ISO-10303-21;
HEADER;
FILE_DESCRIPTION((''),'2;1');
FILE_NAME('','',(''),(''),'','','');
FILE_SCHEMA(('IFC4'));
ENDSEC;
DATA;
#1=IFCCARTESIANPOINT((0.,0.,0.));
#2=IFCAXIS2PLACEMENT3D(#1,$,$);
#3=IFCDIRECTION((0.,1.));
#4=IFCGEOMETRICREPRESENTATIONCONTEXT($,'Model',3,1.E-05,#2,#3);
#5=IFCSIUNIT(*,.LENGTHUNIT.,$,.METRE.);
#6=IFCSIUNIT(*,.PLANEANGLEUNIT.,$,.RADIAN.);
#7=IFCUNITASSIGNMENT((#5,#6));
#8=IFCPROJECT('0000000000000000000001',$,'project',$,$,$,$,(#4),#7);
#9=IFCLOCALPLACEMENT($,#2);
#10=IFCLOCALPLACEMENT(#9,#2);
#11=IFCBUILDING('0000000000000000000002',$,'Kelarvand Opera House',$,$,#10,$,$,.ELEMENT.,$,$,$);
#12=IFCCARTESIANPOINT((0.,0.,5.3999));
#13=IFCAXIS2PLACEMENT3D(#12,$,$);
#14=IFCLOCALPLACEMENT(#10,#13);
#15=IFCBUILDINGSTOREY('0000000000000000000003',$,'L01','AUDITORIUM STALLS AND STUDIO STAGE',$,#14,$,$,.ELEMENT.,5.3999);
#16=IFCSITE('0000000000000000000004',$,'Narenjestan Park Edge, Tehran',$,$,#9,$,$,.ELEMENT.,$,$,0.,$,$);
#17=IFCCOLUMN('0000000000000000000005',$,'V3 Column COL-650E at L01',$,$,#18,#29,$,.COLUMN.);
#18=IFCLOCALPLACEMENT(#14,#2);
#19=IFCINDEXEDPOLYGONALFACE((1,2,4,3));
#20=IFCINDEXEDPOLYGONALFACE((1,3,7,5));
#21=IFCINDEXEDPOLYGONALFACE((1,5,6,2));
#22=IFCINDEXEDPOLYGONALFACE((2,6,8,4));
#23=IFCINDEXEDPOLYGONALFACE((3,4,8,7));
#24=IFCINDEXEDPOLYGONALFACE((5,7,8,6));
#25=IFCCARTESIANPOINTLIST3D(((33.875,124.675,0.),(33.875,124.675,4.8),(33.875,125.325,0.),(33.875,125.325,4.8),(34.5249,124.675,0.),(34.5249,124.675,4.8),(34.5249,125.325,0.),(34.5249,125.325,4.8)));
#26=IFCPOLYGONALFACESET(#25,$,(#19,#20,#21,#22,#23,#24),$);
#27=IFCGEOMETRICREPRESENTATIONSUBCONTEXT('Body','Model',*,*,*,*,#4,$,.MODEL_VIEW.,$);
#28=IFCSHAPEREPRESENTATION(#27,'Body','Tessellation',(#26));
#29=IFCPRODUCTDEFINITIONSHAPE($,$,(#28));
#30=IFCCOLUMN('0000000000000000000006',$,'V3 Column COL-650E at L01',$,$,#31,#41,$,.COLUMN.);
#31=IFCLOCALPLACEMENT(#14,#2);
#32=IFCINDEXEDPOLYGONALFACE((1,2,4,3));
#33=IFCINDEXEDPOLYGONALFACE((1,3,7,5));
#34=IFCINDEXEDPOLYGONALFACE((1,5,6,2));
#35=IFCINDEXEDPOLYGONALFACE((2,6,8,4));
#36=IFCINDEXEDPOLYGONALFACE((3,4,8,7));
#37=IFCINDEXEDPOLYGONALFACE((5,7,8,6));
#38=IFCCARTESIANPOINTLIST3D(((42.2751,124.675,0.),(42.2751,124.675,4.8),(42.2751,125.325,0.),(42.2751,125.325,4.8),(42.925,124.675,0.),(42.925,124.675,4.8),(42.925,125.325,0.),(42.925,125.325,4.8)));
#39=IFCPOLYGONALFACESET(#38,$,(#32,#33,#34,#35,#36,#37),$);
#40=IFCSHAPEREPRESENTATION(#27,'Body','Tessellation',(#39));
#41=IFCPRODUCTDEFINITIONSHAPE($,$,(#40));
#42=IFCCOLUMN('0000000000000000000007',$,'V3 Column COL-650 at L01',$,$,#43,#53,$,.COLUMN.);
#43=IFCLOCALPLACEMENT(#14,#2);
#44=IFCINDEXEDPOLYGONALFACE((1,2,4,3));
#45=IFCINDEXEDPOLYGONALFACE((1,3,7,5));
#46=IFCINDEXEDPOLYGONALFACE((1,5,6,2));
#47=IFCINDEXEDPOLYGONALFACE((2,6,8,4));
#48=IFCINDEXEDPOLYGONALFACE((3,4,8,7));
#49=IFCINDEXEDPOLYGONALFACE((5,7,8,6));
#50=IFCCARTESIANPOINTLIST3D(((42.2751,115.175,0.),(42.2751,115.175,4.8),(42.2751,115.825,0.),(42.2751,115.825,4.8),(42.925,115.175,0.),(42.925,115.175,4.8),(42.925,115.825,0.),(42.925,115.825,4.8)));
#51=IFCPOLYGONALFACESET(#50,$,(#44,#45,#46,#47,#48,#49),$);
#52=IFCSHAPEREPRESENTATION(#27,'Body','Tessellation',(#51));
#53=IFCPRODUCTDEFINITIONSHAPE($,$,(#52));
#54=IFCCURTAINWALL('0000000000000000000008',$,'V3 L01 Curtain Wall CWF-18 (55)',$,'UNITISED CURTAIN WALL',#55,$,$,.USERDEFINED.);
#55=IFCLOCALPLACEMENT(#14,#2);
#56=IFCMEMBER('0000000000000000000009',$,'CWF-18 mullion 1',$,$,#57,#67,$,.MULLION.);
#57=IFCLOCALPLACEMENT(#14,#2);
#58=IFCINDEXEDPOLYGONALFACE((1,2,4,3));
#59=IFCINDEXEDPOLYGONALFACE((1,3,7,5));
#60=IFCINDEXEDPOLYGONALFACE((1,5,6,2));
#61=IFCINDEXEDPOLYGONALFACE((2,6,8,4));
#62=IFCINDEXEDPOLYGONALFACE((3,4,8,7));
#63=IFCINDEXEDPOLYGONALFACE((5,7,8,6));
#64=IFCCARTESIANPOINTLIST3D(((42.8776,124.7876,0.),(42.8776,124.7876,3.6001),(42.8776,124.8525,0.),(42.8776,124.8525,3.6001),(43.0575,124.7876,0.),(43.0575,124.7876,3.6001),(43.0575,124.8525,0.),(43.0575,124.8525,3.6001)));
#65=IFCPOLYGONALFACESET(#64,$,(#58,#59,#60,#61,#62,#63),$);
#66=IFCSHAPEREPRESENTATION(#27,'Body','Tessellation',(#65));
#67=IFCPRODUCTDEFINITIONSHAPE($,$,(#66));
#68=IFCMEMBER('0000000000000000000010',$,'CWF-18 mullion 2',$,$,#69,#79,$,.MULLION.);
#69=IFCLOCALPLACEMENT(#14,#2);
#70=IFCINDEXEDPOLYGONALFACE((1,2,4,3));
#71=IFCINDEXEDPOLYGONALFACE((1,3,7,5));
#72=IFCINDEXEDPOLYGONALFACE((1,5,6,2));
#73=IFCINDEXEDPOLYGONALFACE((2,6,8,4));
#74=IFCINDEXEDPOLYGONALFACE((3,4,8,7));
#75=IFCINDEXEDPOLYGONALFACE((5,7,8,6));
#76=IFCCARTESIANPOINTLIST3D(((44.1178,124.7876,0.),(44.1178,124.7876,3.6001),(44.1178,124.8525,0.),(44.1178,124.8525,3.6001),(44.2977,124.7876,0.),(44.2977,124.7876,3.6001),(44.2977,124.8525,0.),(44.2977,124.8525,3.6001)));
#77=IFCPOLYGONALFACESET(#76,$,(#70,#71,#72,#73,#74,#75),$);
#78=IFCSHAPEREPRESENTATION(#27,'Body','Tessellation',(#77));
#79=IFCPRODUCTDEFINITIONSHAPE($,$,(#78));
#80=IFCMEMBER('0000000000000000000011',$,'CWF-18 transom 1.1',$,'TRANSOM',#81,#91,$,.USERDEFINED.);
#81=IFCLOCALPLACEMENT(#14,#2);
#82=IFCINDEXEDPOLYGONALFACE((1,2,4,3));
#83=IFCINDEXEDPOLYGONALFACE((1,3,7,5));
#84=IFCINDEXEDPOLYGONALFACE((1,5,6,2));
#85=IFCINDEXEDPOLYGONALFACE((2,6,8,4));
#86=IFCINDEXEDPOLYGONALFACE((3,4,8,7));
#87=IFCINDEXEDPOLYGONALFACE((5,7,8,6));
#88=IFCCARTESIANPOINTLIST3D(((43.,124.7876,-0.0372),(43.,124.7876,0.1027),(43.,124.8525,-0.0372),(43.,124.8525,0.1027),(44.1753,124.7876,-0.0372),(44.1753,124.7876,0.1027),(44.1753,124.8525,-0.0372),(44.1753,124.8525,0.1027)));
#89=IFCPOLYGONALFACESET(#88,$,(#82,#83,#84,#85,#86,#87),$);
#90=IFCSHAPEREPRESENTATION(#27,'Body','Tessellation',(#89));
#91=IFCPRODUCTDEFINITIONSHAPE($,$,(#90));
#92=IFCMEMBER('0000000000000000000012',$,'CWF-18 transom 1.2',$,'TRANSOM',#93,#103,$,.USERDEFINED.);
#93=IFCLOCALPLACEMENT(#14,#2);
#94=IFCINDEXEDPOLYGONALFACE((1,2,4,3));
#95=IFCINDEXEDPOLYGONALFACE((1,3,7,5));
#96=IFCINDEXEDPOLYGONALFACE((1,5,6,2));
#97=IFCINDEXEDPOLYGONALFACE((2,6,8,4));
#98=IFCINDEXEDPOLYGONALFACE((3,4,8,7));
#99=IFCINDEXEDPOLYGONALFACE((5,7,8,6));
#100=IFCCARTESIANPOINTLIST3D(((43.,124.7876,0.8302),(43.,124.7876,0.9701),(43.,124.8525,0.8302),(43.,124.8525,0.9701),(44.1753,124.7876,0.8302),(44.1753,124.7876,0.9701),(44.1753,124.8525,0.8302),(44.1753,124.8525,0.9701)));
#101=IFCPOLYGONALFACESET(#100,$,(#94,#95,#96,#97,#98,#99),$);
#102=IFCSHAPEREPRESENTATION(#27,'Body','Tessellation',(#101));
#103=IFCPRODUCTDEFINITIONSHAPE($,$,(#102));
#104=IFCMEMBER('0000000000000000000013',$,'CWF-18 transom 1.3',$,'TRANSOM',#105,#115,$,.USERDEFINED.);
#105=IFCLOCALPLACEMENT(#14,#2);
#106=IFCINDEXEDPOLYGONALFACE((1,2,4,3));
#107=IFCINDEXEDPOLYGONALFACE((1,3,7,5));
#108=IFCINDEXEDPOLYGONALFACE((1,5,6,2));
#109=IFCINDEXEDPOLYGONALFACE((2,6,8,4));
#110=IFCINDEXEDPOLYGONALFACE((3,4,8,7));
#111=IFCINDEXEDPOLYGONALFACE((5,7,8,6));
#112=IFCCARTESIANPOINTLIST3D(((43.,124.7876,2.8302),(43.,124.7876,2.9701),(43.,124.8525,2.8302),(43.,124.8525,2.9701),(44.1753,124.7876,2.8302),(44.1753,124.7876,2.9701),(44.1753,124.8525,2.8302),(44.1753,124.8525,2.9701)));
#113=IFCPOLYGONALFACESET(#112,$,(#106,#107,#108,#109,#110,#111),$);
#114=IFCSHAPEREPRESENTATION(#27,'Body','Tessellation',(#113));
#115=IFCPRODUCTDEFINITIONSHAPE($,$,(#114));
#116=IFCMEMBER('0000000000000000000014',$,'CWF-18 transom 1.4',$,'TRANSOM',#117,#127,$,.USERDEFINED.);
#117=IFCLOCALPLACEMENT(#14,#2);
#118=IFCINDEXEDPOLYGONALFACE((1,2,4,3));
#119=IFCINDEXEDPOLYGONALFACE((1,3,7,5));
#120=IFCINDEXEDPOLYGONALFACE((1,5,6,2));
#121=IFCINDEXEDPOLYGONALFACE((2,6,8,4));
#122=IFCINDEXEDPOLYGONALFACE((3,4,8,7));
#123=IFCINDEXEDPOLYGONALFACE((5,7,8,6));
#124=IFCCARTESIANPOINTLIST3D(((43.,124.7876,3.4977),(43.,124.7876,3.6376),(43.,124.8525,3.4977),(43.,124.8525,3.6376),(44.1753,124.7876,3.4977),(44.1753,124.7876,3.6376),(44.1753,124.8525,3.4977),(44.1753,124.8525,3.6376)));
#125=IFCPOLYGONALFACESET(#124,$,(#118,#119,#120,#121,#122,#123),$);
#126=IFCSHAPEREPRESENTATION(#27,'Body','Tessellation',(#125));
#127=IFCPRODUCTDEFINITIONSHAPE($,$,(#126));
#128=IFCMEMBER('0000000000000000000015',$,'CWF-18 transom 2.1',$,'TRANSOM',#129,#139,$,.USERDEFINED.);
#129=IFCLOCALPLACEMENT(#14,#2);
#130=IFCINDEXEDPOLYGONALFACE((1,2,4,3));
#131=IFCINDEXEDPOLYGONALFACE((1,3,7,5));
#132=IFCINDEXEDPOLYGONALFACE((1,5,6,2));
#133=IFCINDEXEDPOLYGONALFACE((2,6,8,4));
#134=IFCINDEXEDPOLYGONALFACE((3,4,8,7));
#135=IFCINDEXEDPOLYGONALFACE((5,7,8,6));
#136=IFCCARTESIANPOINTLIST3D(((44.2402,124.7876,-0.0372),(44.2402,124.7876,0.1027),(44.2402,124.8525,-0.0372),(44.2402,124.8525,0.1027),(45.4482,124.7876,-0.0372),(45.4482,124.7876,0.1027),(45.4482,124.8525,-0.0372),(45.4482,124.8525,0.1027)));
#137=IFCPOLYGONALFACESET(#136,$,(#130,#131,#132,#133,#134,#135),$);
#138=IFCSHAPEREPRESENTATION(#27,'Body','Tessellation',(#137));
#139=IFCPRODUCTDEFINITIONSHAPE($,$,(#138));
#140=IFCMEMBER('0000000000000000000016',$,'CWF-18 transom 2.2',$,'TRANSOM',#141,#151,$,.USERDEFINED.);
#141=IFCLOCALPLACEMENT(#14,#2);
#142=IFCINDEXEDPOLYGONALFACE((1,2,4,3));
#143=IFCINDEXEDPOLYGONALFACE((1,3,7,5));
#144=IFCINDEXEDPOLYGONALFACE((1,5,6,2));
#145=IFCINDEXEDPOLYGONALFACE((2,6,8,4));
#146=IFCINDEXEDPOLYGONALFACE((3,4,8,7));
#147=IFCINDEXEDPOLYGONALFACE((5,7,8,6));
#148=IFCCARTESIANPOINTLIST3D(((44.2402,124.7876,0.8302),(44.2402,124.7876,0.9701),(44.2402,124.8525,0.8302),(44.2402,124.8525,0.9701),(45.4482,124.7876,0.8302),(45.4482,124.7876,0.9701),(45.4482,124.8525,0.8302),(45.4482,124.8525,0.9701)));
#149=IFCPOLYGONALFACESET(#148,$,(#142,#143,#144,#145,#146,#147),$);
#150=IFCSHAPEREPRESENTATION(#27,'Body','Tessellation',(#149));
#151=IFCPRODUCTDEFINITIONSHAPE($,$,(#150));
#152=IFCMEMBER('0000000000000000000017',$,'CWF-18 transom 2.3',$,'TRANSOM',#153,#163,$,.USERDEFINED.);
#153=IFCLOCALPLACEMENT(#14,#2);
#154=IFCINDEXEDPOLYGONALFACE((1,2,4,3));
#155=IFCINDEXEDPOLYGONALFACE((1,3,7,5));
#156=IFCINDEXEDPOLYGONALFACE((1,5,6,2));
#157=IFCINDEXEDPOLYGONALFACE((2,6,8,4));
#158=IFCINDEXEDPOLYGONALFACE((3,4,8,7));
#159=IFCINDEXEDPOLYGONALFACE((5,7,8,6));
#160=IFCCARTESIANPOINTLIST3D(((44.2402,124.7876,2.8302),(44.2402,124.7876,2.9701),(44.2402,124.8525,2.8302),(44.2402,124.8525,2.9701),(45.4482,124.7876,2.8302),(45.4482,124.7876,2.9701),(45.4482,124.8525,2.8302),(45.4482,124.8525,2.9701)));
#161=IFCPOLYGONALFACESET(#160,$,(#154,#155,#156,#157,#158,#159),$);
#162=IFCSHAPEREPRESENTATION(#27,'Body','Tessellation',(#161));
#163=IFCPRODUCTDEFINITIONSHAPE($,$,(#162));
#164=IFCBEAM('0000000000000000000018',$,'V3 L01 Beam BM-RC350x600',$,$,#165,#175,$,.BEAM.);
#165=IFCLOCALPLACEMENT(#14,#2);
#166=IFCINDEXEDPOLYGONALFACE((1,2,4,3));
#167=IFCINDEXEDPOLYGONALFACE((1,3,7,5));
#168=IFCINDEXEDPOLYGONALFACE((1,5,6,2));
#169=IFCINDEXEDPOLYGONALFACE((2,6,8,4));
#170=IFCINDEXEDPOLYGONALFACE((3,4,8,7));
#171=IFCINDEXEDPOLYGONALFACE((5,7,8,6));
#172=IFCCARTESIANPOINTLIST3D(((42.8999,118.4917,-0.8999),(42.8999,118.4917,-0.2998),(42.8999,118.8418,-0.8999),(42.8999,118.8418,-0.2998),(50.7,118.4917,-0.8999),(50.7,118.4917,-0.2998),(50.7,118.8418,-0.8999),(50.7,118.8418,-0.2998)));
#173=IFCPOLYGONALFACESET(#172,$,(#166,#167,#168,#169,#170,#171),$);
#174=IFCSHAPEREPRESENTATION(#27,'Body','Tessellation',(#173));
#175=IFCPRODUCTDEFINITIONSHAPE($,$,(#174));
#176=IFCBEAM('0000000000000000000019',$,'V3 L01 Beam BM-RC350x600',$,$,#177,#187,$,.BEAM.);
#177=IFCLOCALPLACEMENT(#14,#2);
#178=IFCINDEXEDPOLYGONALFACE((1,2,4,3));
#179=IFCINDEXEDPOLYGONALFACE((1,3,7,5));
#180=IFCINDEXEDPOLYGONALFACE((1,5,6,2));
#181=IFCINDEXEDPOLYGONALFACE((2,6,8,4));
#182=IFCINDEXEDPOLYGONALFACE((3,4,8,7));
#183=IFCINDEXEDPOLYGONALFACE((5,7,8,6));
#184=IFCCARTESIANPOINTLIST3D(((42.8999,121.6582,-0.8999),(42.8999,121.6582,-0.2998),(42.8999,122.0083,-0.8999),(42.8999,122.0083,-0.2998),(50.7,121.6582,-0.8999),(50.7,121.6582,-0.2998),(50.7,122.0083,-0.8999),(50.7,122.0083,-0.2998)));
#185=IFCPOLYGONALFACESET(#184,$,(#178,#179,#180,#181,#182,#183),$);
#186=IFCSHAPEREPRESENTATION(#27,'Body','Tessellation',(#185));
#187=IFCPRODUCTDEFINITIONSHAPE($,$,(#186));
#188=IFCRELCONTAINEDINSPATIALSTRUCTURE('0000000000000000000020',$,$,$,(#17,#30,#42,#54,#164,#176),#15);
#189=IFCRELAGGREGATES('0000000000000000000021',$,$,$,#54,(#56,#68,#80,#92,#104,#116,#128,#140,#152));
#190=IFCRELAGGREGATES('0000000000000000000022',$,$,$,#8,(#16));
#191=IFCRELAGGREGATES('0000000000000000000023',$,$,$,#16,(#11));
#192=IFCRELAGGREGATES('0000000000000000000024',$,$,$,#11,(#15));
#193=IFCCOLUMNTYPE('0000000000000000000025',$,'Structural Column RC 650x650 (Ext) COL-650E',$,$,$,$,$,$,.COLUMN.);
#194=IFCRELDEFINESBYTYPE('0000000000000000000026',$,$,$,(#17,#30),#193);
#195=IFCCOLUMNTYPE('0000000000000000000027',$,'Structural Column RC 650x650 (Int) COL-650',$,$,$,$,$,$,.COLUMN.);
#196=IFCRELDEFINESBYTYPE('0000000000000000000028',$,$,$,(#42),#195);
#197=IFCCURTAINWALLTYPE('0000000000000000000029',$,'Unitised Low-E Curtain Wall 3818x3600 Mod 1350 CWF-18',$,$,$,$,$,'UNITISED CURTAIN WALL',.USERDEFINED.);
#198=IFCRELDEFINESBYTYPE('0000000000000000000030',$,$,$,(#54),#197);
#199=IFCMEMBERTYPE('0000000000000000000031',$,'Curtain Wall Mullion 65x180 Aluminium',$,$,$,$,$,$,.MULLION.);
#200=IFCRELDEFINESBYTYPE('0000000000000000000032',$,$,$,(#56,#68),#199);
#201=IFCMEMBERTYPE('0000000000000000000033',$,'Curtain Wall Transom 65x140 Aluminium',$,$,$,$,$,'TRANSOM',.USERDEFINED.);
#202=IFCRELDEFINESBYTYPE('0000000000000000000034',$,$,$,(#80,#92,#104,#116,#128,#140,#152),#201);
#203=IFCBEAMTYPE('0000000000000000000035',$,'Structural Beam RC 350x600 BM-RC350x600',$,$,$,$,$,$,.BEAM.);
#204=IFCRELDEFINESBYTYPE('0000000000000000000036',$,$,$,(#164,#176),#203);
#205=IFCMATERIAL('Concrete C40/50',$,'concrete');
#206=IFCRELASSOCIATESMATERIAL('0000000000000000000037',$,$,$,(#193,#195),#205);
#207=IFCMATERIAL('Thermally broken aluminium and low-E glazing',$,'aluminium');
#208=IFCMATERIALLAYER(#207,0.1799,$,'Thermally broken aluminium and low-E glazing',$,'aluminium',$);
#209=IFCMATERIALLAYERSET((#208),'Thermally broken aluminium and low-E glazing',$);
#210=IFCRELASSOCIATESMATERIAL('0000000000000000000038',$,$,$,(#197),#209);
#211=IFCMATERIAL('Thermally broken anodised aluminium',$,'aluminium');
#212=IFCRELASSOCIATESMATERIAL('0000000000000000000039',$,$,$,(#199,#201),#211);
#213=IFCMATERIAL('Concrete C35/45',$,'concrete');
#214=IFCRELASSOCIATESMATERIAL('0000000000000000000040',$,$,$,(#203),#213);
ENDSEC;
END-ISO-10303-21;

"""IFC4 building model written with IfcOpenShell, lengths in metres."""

from ifc_helpers import new_model, si_unit, direction, frame, origin, origin_2d, place, context, subcontext, project, spatial, rectangle, extrude, material, layer, layer_set, material_profile, profile_set, type_object, element, aggregate, save


model = new_model("IFC4")

# Units and contexts
model_context = context("Model", 3, precision=1e-05, world=origin(), true_north=direction((0.0, 1.0)))
body_context = subcontext(model_context, "Body", "Model", "MODEL_VIEW")
ifc_project = project(units=[si_unit("LENGTHUNIT", "METRE"), si_unit("PLANEANGLEUNIT", "RADIAN")], contexts=[model_context])

# Site, building, storey
site_placement = place(None, origin())
site = spatial("IfcSite", under=ifc_project, at=site_placement, Name="Narenjestan Park Edge, Tehran", CompositionType="ELEMENT", RefElevation=0.0)
building_placement = place(site_placement, origin())
building = spatial("IfcBuilding", under=site, at=building_placement, Name="Kelarvand Opera House", CompositionType="ELEMENT")
storey_placement = place(building_placement, frame((0.0, 0.0, 5.3999)))
storey = spatial("IfcBuildingStorey", under=building, at=storey_placement, Name="L01", Description="AUDITORIUM STALLS AND STUDIO STAGE", CompositionType="ELEMENT", Elevation=5.3999)

# Columns
ifc_material_1 = material(Name="Concrete C40/50", Category="concrete")
ifc_material_profile_1 = material_profile(ifc_material_1, rectangle(XDim=0.6499, YDim=0.6499, at=origin_2d()), Name="RC 650x650", Category="concrete")
ifc_profile_set_1 = profile_set([ifc_material_profile_1], Name="Concrete C40/50")
column_type_1 = type_object("IfcColumnType", Name="Structural Column RC 650x650 (Ext) COL-650E", PredefinedType="COLUMN", material=ifc_profile_set_1)
for number, where, z_axis, x_axis, name in (
    (1, (34.2, 125.0, 0.0), (0.0, 0.0, 1.0), (1.0, 0.0, 0.0), "V3 Column COL-650E at L01"),
    (2, (42.6001, 125.0, 0.0), (0.0, 0.0, 1.0), (1.0, 0.0, 0.0), "V3 Column COL-650E at L01"),
):
    element("IfcColumn", number, at=place(storey_placement, frame(where, z_axis=z_axis, x_axis=x_axis)), inside=storey, type_object=column_type_1, Name=name, PredefinedType="COLUMN", context=body_context, shape_type="SweptSolid", body=[
        extrude(rectangle(XDim=0.6499, YDim=0.6499, at=origin_2d()), origin(), (0.0, 0.0, 1.0), 4.8),
    ])
ifc_material_profile_2 = material_profile(ifc_material_1, rectangle(XDim=0.6499, YDim=0.6499, at=origin_2d()), Name="RC 650x650", Category="concrete")
ifc_profile_set_2 = profile_set([ifc_material_profile_2], Name="Concrete C40/50")
column_type_2 = type_object("IfcColumnType", Name="Structural Column RC 650x650 (Int) COL-650", PredefinedType="COLUMN", material=ifc_profile_set_2)
column_placement = place(storey_placement, frame((42.6001, 115.5, 0.0), z_axis=(0.0, 0.0, 1.0), x_axis=(1.0, 0.0, 0.0)))
element("IfcColumn", 3, at=column_placement, inside=storey, type_object=column_type_2, Name="V3 Column COL-650 at L01", PredefinedType="COLUMN", context=body_context, shape_type="SweptSolid", body=[
    extrude(rectangle(XDim=0.6499, YDim=0.6499, at=origin_2d()), origin(), (0.0, 0.0, 1.0), 4.8),
])

# Curtain wall, members
ifc_material_2 = material(Name="Thermally broken aluminium and low-E glazing", Category="aluminium")
ifc_layer_1 = layer(ifc_material_2, 0.1799, Name="Thermally broken aluminium and low-E glazing", Category="aluminium")
ifc_layer_set_1 = layer_set([ifc_layer_1], Name="Thermally broken aluminium and low-E glazing")
curtain_wall_type = type_object("IfcCurtainWallType", Name="Unitised Low-E Curtain Wall 3818x3600 Mod 1350 CWF-18", ElementType="UNITISED CURTAIN WALL", PredefinedType="USERDEFINED", material=ifc_layer_set_1)
curtain_wall_placement = place(storey_placement, origin())
curtain_wall = element("IfcCurtainWall", 4, at=curtain_wall_placement, inside=storey, type_object=curtain_wall_type, Name="V3 L01 Curtain Wall CWF-18 (55)", ObjectType="UNITISED CURTAIN WALL", PredefinedType="USERDEFINED")
ifc_material_3 = material(Name="Thermally broken anodised aluminium", Category="aluminium")
ifc_material_profile_3 = material_profile(ifc_material_3, rectangle(XDim=0.0649, YDim=0.1799, at=origin_2d()), Name="ALU MULLION 65x180", Category="aluminium")
ifc_profile_set_3 = profile_set([ifc_material_profile_3], Name="Thermally broken anodised aluminium")
member_type_1 = type_object("IfcMemberType", Name="Curtain Wall Mullion 65x180 Aluminium", PredefinedType="MULLION", material=ifc_profile_set_3)
member_1_placement = place(storey_placement, frame((42.9675, 124.8201, 0.0), z_axis=(0.0, 0.0, 1.0), x_axis=(0.0, 1.0, 0.0)))
member_1 = element("IfcMember", 5, at=member_1_placement, type_object=member_type_1, Name="CWF-18 mullion 1", PredefinedType="MULLION", context=body_context, shape_type="SweptSolid", body=[
    extrude(rectangle(XDim=0.0649, YDim=0.1799, at=origin_2d()), origin(), (0.0, 0.0, 1.0), 3.6001),
])
member_2_placement = place(storey_placement, frame((44.2078, 124.8201, 0.0), z_axis=(0.0, 0.0, 1.0), x_axis=(0.0, 1.0, 0.0)))
member_2 = element("IfcMember", 6, at=member_2_placement, type_object=member_type_1, Name="CWF-18 mullion 2", PredefinedType="MULLION", context=body_context, shape_type="SweptSolid", body=[
    extrude(rectangle(XDim=0.0649, YDim=0.1799, at=origin_2d()), origin(), (0.0, 0.0, 1.0), 3.6001),
])
ifc_material_profile_4 = material_profile(ifc_material_3, rectangle(XDim=0.0649, YDim=0.1399, at=origin_2d()), Name="ALU TRANSOM 65x140", Category="aluminium")
ifc_profile_set_4 = profile_set([ifc_material_profile_4], Name="Thermally broken anodised aluminium")
member_type_2 = type_object("IfcMemberType", Name="Curtain Wall Transom 65x140 Aluminium", ElementType="TRANSOM", PredefinedType="USERDEFINED", material=ifc_profile_set_4)
member_3_placement = place(storey_placement, frame((43.0, 124.8201, 0.0327), z_axis=(1.0, 0.0, 0.0), x_axis=(0.0, 1.0, 0.0)))
member_3 = element("IfcMember", 7, at=member_3_placement, type_object=member_type_2, Name="CWF-18 transom 1.1", ObjectType="TRANSOM", PredefinedType="USERDEFINED", context=body_context, shape_type="SweptSolid", body=[
    extrude(rectangle(XDim=0.0649, YDim=0.1399, at=origin_2d()), origin(), (0.0, 0.0, 1.0), 1.1753),
])
member_4_placement = place(storey_placement, frame((43.0, 124.8201, 0.9001), z_axis=(1.0, 0.0, 0.0), x_axis=(0.0, 1.0, 0.0)))
member_4 = element("IfcMember", 8, at=member_4_placement, type_object=member_type_2, Name="CWF-18 transom 1.2", ObjectType="TRANSOM", PredefinedType="USERDEFINED", context=body_context, shape_type="SweptSolid", body=[
    extrude(rectangle(XDim=0.0649, YDim=0.1399, at=origin_2d()), origin(), (0.0, 0.0, 1.0), 1.1753),
])
member_5_placement = place(storey_placement, frame((43.0, 124.8201, 2.9001), z_axis=(1.0, 0.0, 0.0), x_axis=(0.0, 1.0, 0.0)))
member_5 = element("IfcMember", 9, at=member_5_placement, type_object=member_type_2, Name="CWF-18 transom 1.3", ObjectType="TRANSOM", PredefinedType="USERDEFINED", context=body_context, shape_type="SweptSolid", body=[
    extrude(rectangle(XDim=0.0649, YDim=0.1399, at=origin_2d()), origin(), (0.0, 0.0, 1.0), 1.1753),
])
member_6_placement = place(storey_placement, frame((43.0, 124.8201, 3.5676), z_axis=(1.0, 0.0, 0.0), x_axis=(0.0, 1.0, 0.0)))
member_6 = element("IfcMember", 10, at=member_6_placement, type_object=member_type_2, Name="CWF-18 transom 1.4", ObjectType="TRANSOM", PredefinedType="USERDEFINED", context=body_context, shape_type="SweptSolid", body=[
    extrude(rectangle(XDim=0.0649, YDim=0.1399, at=origin_2d()), origin(), (0.0, 0.0, 1.0), 1.1753),
])
member_7_placement = place(storey_placement, frame((44.2402, 124.8201, 0.0327), z_axis=(1.0, 0.0, 0.0), x_axis=(0.0, 1.0, 0.0)))
member_7 = element("IfcMember", 11, at=member_7_placement, type_object=member_type_2, Name="CWF-18 transom 2.1", ObjectType="TRANSOM", PredefinedType="USERDEFINED", context=body_context, shape_type="SweptSolid", body=[
    extrude(rectangle(XDim=0.0649, YDim=0.1399, at=origin_2d()), origin(), (0.0, 0.0, 1.0), 1.208),
])
member_8_placement = place(storey_placement, frame((44.2402, 124.8201, 0.9001), z_axis=(1.0, 0.0, 0.0), x_axis=(0.0, 1.0, 0.0)))
member_8 = element("IfcMember", 12, at=member_8_placement, type_object=member_type_2, Name="CWF-18 transom 2.2", ObjectType="TRANSOM", PredefinedType="USERDEFINED", context=body_context, shape_type="SweptSolid", body=[
    extrude(rectangle(XDim=0.0649, YDim=0.1399, at=origin_2d()), origin(), (0.0, 0.0, 1.0), 1.208),
])
member_9_placement = place(storey_placement, frame((44.2402, 124.8201, 2.9001), z_axis=(1.0, 0.0, 0.0), x_axis=(0.0, 1.0, 0.0)))
member_9 = element("IfcMember", 13, at=member_9_placement, type_object=member_type_2, Name="CWF-18 transom 2.3", ObjectType="TRANSOM", PredefinedType="USERDEFINED", context=body_context, shape_type="SweptSolid", body=[
    extrude(rectangle(XDim=0.0649, YDim=0.1399, at=origin_2d()), origin(), (0.0, 0.0, 1.0), 1.208),
])

# Beams
ifc_material_4 = material(Name="Concrete C35/45", Category="concrete")
ifc_material_profile_5 = material_profile(ifc_material_4, rectangle(XDim=0.3501, YDim=0.6001, at=origin_2d()), Name="RC 350x600", Category="concrete")
ifc_profile_set_5 = profile_set([ifc_material_profile_5], Name="Concrete C35/45")
beam_type_1 = type_object("IfcBeamType", Name="Structural Beam RC 350x600 BM-RC350x600", PredefinedType="BEAM", material=ifc_profile_set_5)
for number, where, z_axis, x_axis, name in (
    (14, (42.8999, 118.6667, -0.5999), (1.0, 0.0, 0.0), (0.0, 1.0, 0.0), "V3 L01 Beam BM-RC350x600"),
    (15, (42.8999, 121.8333, -0.5999), (1.0, 0.0, 0.0), (0.0, 1.0, 0.0), "V3 L01 Beam BM-RC350x600"),
):
    element("IfcBeam", number, at=place(storey_placement, frame(where, z_axis=z_axis, x_axis=x_axis)), inside=storey, type_object=beam_type_1, Name=name, PredefinedType="BEAM", context=body_context, shape_type="SweptSolid", body=[
        extrude(rectangle(XDim=0.3501, YDim=0.6001, at=origin_2d()), origin(), (0.0, 0.0, 1.0), 7.8),
    ])

aggregate(curtain_wall, [member_1, member_2, member_3, member_4, member_5, member_6, member_7, member_8, member_9])

save(model, "model.ifc")
